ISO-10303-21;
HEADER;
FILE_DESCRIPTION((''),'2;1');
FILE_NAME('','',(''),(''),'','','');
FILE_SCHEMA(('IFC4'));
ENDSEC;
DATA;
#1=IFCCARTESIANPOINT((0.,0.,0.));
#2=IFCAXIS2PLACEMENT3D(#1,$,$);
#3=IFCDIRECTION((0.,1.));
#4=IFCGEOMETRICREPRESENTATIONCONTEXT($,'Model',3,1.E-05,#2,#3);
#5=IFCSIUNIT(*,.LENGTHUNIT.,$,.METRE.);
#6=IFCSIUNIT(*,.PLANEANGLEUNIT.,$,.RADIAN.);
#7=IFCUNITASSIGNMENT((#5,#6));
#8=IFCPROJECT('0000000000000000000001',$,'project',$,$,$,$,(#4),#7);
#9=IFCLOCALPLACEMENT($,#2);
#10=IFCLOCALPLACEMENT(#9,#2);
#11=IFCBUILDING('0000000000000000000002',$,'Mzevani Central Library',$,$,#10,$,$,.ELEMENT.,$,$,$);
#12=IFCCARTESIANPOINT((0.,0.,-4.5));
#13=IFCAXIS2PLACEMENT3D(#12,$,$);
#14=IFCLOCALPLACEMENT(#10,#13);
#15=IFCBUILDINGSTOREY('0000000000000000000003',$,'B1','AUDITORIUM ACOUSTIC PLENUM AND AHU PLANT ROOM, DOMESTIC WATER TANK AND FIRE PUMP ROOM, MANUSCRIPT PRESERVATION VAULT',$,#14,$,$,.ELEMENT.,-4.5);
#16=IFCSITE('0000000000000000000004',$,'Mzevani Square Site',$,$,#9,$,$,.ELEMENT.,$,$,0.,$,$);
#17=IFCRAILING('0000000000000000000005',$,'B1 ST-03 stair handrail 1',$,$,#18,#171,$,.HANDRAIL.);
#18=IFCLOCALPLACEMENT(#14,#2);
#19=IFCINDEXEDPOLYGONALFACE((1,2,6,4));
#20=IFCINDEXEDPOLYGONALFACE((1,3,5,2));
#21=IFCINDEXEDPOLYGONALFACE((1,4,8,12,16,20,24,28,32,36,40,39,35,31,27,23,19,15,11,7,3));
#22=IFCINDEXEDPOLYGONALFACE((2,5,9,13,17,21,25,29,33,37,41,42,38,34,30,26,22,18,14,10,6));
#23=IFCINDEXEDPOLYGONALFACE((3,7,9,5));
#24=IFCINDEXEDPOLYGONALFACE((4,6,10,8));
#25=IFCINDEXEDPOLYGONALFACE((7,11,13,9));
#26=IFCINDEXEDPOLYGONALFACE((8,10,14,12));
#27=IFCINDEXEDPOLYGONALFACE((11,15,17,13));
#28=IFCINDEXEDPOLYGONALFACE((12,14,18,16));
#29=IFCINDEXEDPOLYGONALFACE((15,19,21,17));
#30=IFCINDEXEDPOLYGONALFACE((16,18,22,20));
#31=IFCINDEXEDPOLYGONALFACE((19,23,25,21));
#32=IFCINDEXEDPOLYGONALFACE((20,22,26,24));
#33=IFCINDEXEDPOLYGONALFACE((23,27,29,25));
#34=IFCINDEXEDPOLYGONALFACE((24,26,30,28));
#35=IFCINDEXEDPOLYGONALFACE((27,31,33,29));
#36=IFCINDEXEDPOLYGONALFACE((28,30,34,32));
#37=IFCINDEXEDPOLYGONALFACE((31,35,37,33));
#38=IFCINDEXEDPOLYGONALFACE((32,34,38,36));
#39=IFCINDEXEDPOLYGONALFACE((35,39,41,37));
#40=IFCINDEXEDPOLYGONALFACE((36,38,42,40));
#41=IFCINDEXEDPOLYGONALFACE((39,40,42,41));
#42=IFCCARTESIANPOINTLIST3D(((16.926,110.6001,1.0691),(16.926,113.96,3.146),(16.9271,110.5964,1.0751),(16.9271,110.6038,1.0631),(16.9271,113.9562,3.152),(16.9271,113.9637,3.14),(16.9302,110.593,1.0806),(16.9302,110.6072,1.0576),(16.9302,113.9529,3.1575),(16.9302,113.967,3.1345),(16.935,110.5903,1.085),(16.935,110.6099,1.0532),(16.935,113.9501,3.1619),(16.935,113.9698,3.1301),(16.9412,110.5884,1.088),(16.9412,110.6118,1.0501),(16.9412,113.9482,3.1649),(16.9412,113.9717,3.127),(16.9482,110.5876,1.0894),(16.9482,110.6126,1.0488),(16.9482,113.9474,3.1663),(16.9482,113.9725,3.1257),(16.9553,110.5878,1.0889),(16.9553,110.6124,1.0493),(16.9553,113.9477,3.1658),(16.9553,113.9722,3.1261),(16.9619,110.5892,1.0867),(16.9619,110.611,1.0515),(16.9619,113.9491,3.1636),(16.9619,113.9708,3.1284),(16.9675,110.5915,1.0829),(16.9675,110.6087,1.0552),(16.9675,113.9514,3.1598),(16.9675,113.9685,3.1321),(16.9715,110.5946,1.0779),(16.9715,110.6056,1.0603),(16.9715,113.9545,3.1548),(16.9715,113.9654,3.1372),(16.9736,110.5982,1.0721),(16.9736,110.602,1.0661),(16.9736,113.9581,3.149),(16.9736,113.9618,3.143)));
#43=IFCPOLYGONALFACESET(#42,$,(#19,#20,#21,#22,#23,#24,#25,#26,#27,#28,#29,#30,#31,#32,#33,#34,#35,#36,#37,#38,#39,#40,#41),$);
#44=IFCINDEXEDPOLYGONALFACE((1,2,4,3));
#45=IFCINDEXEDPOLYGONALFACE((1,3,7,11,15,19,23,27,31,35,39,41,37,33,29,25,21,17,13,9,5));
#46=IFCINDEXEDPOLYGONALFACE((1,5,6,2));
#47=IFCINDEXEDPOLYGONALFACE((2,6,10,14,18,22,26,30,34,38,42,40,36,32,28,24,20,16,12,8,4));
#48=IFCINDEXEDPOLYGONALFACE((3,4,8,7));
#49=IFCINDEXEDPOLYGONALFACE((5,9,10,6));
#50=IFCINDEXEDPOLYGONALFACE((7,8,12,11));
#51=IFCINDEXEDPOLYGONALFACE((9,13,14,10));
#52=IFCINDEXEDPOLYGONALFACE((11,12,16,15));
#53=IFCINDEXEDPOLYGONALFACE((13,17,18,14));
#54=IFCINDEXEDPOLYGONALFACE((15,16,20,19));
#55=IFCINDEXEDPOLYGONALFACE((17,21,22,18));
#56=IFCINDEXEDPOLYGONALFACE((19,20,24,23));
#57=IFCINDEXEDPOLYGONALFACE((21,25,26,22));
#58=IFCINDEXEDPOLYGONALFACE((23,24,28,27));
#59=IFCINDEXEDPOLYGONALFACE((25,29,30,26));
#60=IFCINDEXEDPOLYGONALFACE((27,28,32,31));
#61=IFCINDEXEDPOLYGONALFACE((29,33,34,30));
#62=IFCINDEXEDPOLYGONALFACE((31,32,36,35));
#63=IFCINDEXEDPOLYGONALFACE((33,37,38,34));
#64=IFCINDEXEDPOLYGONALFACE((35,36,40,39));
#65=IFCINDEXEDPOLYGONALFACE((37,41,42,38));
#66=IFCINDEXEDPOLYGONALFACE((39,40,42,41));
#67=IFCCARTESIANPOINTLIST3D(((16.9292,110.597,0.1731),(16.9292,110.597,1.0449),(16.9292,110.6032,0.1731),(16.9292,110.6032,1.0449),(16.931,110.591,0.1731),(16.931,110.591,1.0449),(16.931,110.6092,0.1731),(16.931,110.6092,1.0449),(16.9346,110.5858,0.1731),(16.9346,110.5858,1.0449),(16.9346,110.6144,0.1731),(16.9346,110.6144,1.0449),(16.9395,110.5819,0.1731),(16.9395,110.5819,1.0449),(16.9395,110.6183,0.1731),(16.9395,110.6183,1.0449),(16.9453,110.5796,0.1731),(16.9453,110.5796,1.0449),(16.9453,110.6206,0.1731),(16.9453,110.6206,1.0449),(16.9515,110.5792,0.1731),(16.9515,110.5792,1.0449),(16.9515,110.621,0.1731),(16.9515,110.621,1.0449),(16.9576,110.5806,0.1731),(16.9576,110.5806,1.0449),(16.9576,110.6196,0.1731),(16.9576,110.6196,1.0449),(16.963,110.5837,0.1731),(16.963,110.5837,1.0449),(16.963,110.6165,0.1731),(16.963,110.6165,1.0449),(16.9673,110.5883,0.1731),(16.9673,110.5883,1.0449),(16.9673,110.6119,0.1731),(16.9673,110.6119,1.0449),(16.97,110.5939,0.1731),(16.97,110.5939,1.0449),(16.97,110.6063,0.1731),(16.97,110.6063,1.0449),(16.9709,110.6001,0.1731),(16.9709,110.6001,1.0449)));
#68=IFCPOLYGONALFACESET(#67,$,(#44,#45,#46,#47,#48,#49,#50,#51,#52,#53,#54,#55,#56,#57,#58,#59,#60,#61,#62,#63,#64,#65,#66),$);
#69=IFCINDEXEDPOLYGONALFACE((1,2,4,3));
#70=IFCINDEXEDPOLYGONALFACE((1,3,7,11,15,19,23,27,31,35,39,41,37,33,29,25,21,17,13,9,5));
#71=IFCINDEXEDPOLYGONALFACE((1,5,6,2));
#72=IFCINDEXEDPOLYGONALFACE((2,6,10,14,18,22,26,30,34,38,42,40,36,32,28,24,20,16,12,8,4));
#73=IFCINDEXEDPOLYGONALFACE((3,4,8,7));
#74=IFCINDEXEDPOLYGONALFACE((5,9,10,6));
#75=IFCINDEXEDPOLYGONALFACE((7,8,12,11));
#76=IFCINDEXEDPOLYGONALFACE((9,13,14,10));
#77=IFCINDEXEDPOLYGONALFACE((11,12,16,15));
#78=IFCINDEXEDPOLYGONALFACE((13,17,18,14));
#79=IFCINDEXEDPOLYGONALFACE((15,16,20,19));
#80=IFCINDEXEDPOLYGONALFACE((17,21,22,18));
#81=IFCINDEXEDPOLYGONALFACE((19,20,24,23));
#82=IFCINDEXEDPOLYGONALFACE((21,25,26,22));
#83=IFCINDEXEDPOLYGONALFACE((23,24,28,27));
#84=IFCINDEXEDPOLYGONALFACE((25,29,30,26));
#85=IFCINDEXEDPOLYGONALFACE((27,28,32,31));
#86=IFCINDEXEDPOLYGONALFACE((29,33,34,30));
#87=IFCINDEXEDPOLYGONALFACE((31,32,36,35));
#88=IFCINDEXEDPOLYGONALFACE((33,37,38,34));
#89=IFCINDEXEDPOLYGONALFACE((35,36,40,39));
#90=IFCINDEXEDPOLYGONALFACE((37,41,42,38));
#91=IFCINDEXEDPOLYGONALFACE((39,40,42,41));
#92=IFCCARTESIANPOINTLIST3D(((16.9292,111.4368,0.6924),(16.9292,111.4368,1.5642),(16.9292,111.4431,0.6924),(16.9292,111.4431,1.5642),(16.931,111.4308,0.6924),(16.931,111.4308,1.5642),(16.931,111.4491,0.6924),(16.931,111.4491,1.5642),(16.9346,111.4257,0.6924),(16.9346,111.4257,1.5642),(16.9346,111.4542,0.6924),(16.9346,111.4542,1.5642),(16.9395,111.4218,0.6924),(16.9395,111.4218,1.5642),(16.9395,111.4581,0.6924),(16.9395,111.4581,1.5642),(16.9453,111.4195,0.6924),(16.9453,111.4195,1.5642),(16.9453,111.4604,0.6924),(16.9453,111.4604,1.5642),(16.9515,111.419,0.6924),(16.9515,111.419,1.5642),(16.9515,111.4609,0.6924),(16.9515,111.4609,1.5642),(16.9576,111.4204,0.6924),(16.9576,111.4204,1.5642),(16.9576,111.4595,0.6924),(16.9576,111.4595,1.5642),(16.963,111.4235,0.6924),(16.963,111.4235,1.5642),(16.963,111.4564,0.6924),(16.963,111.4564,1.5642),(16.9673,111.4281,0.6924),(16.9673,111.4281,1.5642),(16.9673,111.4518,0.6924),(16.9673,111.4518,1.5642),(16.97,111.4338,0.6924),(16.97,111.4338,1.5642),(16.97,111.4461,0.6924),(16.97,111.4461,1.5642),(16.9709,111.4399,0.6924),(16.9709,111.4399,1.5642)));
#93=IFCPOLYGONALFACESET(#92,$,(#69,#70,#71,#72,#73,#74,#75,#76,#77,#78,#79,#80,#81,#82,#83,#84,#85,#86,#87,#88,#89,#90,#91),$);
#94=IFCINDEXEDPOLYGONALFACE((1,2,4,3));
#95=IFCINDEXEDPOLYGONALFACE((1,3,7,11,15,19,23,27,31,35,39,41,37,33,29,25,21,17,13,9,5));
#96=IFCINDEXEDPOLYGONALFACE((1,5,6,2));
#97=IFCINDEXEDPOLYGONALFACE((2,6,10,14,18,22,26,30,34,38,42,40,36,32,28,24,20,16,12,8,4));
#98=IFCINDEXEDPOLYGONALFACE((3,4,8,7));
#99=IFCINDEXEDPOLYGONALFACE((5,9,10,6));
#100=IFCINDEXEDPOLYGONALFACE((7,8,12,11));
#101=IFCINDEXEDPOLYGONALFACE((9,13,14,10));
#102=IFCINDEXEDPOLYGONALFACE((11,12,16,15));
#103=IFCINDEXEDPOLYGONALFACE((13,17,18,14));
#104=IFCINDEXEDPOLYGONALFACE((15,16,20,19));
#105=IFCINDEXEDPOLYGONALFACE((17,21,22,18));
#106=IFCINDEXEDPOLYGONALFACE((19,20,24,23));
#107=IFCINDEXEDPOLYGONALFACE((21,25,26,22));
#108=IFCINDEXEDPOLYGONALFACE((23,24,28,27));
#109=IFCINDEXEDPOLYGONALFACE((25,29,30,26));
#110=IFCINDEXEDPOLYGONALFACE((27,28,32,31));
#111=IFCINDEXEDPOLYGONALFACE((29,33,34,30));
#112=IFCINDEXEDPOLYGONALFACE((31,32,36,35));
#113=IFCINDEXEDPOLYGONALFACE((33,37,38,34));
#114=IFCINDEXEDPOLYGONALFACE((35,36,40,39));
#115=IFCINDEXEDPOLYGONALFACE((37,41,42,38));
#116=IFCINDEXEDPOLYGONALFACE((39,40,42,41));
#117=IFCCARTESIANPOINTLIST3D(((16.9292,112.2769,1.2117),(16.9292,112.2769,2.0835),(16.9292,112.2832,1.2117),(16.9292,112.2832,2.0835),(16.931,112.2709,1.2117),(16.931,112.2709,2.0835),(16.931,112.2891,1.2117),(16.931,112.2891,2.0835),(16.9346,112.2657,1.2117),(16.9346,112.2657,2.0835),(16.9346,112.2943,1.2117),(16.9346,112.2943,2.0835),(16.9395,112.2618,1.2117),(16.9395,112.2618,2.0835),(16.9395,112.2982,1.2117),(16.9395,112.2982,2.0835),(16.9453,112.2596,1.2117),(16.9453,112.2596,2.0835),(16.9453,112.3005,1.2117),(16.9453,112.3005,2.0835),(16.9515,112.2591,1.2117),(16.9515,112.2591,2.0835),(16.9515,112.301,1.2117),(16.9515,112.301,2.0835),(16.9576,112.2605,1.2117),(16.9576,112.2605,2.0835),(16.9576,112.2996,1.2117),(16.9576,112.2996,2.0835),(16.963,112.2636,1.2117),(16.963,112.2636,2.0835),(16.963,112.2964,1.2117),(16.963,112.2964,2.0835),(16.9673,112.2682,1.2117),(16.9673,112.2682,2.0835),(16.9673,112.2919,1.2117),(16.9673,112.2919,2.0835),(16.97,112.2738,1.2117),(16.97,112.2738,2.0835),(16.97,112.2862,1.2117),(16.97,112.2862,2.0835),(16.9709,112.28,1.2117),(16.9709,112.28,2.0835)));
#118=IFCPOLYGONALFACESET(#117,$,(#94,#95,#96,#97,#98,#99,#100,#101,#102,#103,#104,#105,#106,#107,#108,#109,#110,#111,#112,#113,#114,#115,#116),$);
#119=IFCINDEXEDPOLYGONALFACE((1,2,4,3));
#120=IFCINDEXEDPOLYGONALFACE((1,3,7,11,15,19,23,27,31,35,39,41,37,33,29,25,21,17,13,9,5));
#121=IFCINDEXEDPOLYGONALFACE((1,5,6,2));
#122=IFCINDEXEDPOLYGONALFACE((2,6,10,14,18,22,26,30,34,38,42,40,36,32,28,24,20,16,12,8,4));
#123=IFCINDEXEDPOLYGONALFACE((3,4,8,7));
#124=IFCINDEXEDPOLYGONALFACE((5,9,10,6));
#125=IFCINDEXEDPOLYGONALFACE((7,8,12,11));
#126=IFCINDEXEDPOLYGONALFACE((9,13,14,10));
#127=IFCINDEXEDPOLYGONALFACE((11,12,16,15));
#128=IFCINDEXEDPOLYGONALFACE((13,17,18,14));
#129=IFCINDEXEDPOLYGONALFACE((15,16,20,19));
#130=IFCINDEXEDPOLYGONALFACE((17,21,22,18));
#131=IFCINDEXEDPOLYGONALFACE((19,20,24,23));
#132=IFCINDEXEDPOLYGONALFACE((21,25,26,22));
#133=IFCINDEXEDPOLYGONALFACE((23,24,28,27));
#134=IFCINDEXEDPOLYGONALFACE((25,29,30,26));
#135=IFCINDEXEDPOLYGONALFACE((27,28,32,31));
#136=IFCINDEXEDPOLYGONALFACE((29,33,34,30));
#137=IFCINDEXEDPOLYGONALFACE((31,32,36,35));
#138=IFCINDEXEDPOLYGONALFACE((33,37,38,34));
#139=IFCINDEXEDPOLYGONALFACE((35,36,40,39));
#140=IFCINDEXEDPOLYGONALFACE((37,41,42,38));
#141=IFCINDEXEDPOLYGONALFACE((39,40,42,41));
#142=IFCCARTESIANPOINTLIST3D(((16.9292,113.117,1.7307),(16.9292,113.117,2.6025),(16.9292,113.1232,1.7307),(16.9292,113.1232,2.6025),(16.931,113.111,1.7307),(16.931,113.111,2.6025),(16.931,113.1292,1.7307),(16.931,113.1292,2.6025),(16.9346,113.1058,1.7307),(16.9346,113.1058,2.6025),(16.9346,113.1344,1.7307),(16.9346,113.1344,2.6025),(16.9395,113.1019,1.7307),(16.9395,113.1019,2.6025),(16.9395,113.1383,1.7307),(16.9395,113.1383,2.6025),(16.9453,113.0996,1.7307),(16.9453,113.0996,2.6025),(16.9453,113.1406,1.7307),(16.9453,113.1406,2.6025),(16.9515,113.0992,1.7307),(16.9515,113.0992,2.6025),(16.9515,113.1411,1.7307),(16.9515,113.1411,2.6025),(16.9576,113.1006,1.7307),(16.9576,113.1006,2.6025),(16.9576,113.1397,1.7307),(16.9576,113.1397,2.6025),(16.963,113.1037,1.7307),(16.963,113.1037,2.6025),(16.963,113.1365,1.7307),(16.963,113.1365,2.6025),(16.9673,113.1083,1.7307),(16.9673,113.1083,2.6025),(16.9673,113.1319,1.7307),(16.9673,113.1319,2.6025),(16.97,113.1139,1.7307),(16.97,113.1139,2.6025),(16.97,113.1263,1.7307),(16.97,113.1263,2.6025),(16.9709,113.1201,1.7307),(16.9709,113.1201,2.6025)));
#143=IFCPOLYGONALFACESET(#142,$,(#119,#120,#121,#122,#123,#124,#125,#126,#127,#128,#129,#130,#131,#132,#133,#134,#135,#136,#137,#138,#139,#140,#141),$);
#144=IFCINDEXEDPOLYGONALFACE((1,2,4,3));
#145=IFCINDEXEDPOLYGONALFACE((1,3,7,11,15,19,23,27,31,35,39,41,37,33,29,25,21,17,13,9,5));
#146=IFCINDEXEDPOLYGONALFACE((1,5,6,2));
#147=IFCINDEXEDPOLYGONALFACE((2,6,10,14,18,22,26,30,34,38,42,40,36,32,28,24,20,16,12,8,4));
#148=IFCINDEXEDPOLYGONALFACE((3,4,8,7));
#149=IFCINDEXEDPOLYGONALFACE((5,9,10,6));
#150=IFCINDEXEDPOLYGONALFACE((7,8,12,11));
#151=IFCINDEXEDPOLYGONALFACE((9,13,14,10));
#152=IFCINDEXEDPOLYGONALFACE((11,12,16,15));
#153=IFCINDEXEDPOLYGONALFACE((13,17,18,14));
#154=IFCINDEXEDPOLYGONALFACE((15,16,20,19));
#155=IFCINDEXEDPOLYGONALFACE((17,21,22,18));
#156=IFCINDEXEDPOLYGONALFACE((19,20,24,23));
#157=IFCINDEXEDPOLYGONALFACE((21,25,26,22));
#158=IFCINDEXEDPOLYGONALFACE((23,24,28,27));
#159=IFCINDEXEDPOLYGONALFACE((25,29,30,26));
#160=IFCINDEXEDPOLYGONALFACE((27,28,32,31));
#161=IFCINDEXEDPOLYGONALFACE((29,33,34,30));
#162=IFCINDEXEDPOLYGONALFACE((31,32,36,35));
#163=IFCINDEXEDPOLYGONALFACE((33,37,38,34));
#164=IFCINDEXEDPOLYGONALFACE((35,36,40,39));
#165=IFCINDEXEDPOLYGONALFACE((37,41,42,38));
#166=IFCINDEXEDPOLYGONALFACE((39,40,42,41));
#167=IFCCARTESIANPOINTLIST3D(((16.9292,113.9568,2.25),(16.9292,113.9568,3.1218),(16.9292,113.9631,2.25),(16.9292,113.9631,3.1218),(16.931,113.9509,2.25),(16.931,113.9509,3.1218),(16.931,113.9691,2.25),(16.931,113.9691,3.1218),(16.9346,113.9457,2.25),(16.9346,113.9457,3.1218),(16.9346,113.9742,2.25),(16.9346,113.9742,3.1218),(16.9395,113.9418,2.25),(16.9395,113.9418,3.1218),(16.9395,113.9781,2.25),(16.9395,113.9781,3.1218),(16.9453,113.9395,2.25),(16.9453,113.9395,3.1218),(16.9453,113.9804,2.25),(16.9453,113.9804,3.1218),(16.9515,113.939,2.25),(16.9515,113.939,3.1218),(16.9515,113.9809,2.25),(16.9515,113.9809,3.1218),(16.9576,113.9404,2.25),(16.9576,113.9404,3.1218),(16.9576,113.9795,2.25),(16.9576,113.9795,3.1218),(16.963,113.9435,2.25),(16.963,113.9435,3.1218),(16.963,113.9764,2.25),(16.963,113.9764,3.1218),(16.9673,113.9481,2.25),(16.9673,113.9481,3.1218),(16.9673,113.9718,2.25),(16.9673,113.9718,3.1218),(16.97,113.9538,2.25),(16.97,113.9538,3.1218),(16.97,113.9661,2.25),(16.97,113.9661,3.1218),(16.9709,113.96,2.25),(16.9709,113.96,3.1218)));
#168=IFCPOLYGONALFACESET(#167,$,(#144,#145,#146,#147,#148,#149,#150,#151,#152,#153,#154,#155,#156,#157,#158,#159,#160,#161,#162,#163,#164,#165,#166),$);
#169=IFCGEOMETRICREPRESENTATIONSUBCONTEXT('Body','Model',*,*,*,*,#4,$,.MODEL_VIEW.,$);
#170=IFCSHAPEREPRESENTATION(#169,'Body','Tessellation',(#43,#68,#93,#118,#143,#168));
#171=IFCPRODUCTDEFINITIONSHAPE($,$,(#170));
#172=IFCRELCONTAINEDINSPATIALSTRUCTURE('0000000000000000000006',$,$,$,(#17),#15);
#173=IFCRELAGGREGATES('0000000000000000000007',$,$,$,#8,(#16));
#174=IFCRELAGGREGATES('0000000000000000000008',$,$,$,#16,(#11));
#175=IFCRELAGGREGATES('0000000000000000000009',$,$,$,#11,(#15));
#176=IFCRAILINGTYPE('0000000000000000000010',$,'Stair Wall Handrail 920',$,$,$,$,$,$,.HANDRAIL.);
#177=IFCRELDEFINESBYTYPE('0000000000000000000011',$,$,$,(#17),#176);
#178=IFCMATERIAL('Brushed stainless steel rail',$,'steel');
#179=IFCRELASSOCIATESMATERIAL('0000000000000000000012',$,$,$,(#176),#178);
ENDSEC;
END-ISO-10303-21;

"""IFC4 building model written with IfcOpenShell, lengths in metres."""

from ifc_helpers import new_model, si_unit, direction, frame, origin, origin_2d, place, context, subcontext, project, spatial, circle, extrude, material, type_object, element, save


model = new_model("IFC4")

# Units and contexts
model_context = context("Model", 3, precision=1e-05, world=origin(), true_north=direction((0.0, 1.0)))
body_context = subcontext(model_context, "Body", "Model", "MODEL_VIEW")
ifc_project = project(units=[si_unit("LENGTHUNIT", "METRE"), si_unit("PLANEANGLEUNIT", "RADIAN")], contexts=[model_context])

# Site, building, storey
site_placement = place(None, origin())
site = spatial("IfcSite", under=ifc_project, at=site_placement, Name="Mzevani Square Site", CompositionType="ELEMENT", RefElevation=0.0)
building_placement = place(site_placement, origin())
building = spatial("IfcBuilding", under=site, at=building_placement, Name="Mzevani Central Library", CompositionType="ELEMENT")
storey_placement = place(building_placement, frame((0.0, 0.0, -4.5)))
storey = spatial("IfcBuildingStorey", under=building, at=storey_placement, Name="B1", Description="AUDITORIUM ACOUSTIC PLENUM AND AHU PLANT ROOM, DOMESTIC WATER TANK AND FIRE PUMP ROOM, MANUSCRIPT PRESERVATION VAULT", CompositionType="ELEMENT", Elevation=-4.5)

# Shared definitions
ifc_material_1 = material(Name="Brushed stainless steel rail", Category="steel")

# Railing
railing_type_1 = type_object("IfcRailingType", Name="Stair Wall Handrail 920", PredefinedType="HANDRAIL", material=ifc_material_1)
railing_1_placement = place(storey_placement, frame((16.95, 110.6001, 0.1731)))
element("IfcRailing", 1, at=railing_1_placement, inside=storey, type_object=railing_type_1, Name="B1 ST-03 stair handrail 1", PredefinedType="HANDRAIL", context=body_context, shape_type="SweptSolid", body=[
    extrude(circle(Radius=0.0239, at=origin_2d()), frame((0.0, 0.0, 0.896), z_axis=(0.0, 0.850606, 0.525803), x_axis=(-1.0, 0.0, 0.0)), (0.0, 0.0, 1.0), 3.95),
    extrude(circle(Radius=0.021, at=origin_2d()), origin(), (0.0, 0.0, 1.0), 0.8718),
    extrude(circle(Radius=0.021, at=origin_2d()), frame((0.0, 0.8398, 0.5193)), (0.0, 0.0, 1.0), 0.8718),
    extrude(circle(Radius=0.021, at=origin_2d()), frame((0.0, 1.6799, 1.0386)), (0.0, 0.0, 1.0), 0.8718),
    extrude(circle(Radius=0.021, at=origin_2d()), frame((0.0, 2.52, 1.5576)), (0.0, 0.0, 1.0), 0.8718),
    extrude(circle(Radius=0.021, at=origin_2d()), frame((0.0, 3.3599, 2.0769)), (0.0, 0.0, 1.0), 0.8718),
])

save(model, "model.ifc")
